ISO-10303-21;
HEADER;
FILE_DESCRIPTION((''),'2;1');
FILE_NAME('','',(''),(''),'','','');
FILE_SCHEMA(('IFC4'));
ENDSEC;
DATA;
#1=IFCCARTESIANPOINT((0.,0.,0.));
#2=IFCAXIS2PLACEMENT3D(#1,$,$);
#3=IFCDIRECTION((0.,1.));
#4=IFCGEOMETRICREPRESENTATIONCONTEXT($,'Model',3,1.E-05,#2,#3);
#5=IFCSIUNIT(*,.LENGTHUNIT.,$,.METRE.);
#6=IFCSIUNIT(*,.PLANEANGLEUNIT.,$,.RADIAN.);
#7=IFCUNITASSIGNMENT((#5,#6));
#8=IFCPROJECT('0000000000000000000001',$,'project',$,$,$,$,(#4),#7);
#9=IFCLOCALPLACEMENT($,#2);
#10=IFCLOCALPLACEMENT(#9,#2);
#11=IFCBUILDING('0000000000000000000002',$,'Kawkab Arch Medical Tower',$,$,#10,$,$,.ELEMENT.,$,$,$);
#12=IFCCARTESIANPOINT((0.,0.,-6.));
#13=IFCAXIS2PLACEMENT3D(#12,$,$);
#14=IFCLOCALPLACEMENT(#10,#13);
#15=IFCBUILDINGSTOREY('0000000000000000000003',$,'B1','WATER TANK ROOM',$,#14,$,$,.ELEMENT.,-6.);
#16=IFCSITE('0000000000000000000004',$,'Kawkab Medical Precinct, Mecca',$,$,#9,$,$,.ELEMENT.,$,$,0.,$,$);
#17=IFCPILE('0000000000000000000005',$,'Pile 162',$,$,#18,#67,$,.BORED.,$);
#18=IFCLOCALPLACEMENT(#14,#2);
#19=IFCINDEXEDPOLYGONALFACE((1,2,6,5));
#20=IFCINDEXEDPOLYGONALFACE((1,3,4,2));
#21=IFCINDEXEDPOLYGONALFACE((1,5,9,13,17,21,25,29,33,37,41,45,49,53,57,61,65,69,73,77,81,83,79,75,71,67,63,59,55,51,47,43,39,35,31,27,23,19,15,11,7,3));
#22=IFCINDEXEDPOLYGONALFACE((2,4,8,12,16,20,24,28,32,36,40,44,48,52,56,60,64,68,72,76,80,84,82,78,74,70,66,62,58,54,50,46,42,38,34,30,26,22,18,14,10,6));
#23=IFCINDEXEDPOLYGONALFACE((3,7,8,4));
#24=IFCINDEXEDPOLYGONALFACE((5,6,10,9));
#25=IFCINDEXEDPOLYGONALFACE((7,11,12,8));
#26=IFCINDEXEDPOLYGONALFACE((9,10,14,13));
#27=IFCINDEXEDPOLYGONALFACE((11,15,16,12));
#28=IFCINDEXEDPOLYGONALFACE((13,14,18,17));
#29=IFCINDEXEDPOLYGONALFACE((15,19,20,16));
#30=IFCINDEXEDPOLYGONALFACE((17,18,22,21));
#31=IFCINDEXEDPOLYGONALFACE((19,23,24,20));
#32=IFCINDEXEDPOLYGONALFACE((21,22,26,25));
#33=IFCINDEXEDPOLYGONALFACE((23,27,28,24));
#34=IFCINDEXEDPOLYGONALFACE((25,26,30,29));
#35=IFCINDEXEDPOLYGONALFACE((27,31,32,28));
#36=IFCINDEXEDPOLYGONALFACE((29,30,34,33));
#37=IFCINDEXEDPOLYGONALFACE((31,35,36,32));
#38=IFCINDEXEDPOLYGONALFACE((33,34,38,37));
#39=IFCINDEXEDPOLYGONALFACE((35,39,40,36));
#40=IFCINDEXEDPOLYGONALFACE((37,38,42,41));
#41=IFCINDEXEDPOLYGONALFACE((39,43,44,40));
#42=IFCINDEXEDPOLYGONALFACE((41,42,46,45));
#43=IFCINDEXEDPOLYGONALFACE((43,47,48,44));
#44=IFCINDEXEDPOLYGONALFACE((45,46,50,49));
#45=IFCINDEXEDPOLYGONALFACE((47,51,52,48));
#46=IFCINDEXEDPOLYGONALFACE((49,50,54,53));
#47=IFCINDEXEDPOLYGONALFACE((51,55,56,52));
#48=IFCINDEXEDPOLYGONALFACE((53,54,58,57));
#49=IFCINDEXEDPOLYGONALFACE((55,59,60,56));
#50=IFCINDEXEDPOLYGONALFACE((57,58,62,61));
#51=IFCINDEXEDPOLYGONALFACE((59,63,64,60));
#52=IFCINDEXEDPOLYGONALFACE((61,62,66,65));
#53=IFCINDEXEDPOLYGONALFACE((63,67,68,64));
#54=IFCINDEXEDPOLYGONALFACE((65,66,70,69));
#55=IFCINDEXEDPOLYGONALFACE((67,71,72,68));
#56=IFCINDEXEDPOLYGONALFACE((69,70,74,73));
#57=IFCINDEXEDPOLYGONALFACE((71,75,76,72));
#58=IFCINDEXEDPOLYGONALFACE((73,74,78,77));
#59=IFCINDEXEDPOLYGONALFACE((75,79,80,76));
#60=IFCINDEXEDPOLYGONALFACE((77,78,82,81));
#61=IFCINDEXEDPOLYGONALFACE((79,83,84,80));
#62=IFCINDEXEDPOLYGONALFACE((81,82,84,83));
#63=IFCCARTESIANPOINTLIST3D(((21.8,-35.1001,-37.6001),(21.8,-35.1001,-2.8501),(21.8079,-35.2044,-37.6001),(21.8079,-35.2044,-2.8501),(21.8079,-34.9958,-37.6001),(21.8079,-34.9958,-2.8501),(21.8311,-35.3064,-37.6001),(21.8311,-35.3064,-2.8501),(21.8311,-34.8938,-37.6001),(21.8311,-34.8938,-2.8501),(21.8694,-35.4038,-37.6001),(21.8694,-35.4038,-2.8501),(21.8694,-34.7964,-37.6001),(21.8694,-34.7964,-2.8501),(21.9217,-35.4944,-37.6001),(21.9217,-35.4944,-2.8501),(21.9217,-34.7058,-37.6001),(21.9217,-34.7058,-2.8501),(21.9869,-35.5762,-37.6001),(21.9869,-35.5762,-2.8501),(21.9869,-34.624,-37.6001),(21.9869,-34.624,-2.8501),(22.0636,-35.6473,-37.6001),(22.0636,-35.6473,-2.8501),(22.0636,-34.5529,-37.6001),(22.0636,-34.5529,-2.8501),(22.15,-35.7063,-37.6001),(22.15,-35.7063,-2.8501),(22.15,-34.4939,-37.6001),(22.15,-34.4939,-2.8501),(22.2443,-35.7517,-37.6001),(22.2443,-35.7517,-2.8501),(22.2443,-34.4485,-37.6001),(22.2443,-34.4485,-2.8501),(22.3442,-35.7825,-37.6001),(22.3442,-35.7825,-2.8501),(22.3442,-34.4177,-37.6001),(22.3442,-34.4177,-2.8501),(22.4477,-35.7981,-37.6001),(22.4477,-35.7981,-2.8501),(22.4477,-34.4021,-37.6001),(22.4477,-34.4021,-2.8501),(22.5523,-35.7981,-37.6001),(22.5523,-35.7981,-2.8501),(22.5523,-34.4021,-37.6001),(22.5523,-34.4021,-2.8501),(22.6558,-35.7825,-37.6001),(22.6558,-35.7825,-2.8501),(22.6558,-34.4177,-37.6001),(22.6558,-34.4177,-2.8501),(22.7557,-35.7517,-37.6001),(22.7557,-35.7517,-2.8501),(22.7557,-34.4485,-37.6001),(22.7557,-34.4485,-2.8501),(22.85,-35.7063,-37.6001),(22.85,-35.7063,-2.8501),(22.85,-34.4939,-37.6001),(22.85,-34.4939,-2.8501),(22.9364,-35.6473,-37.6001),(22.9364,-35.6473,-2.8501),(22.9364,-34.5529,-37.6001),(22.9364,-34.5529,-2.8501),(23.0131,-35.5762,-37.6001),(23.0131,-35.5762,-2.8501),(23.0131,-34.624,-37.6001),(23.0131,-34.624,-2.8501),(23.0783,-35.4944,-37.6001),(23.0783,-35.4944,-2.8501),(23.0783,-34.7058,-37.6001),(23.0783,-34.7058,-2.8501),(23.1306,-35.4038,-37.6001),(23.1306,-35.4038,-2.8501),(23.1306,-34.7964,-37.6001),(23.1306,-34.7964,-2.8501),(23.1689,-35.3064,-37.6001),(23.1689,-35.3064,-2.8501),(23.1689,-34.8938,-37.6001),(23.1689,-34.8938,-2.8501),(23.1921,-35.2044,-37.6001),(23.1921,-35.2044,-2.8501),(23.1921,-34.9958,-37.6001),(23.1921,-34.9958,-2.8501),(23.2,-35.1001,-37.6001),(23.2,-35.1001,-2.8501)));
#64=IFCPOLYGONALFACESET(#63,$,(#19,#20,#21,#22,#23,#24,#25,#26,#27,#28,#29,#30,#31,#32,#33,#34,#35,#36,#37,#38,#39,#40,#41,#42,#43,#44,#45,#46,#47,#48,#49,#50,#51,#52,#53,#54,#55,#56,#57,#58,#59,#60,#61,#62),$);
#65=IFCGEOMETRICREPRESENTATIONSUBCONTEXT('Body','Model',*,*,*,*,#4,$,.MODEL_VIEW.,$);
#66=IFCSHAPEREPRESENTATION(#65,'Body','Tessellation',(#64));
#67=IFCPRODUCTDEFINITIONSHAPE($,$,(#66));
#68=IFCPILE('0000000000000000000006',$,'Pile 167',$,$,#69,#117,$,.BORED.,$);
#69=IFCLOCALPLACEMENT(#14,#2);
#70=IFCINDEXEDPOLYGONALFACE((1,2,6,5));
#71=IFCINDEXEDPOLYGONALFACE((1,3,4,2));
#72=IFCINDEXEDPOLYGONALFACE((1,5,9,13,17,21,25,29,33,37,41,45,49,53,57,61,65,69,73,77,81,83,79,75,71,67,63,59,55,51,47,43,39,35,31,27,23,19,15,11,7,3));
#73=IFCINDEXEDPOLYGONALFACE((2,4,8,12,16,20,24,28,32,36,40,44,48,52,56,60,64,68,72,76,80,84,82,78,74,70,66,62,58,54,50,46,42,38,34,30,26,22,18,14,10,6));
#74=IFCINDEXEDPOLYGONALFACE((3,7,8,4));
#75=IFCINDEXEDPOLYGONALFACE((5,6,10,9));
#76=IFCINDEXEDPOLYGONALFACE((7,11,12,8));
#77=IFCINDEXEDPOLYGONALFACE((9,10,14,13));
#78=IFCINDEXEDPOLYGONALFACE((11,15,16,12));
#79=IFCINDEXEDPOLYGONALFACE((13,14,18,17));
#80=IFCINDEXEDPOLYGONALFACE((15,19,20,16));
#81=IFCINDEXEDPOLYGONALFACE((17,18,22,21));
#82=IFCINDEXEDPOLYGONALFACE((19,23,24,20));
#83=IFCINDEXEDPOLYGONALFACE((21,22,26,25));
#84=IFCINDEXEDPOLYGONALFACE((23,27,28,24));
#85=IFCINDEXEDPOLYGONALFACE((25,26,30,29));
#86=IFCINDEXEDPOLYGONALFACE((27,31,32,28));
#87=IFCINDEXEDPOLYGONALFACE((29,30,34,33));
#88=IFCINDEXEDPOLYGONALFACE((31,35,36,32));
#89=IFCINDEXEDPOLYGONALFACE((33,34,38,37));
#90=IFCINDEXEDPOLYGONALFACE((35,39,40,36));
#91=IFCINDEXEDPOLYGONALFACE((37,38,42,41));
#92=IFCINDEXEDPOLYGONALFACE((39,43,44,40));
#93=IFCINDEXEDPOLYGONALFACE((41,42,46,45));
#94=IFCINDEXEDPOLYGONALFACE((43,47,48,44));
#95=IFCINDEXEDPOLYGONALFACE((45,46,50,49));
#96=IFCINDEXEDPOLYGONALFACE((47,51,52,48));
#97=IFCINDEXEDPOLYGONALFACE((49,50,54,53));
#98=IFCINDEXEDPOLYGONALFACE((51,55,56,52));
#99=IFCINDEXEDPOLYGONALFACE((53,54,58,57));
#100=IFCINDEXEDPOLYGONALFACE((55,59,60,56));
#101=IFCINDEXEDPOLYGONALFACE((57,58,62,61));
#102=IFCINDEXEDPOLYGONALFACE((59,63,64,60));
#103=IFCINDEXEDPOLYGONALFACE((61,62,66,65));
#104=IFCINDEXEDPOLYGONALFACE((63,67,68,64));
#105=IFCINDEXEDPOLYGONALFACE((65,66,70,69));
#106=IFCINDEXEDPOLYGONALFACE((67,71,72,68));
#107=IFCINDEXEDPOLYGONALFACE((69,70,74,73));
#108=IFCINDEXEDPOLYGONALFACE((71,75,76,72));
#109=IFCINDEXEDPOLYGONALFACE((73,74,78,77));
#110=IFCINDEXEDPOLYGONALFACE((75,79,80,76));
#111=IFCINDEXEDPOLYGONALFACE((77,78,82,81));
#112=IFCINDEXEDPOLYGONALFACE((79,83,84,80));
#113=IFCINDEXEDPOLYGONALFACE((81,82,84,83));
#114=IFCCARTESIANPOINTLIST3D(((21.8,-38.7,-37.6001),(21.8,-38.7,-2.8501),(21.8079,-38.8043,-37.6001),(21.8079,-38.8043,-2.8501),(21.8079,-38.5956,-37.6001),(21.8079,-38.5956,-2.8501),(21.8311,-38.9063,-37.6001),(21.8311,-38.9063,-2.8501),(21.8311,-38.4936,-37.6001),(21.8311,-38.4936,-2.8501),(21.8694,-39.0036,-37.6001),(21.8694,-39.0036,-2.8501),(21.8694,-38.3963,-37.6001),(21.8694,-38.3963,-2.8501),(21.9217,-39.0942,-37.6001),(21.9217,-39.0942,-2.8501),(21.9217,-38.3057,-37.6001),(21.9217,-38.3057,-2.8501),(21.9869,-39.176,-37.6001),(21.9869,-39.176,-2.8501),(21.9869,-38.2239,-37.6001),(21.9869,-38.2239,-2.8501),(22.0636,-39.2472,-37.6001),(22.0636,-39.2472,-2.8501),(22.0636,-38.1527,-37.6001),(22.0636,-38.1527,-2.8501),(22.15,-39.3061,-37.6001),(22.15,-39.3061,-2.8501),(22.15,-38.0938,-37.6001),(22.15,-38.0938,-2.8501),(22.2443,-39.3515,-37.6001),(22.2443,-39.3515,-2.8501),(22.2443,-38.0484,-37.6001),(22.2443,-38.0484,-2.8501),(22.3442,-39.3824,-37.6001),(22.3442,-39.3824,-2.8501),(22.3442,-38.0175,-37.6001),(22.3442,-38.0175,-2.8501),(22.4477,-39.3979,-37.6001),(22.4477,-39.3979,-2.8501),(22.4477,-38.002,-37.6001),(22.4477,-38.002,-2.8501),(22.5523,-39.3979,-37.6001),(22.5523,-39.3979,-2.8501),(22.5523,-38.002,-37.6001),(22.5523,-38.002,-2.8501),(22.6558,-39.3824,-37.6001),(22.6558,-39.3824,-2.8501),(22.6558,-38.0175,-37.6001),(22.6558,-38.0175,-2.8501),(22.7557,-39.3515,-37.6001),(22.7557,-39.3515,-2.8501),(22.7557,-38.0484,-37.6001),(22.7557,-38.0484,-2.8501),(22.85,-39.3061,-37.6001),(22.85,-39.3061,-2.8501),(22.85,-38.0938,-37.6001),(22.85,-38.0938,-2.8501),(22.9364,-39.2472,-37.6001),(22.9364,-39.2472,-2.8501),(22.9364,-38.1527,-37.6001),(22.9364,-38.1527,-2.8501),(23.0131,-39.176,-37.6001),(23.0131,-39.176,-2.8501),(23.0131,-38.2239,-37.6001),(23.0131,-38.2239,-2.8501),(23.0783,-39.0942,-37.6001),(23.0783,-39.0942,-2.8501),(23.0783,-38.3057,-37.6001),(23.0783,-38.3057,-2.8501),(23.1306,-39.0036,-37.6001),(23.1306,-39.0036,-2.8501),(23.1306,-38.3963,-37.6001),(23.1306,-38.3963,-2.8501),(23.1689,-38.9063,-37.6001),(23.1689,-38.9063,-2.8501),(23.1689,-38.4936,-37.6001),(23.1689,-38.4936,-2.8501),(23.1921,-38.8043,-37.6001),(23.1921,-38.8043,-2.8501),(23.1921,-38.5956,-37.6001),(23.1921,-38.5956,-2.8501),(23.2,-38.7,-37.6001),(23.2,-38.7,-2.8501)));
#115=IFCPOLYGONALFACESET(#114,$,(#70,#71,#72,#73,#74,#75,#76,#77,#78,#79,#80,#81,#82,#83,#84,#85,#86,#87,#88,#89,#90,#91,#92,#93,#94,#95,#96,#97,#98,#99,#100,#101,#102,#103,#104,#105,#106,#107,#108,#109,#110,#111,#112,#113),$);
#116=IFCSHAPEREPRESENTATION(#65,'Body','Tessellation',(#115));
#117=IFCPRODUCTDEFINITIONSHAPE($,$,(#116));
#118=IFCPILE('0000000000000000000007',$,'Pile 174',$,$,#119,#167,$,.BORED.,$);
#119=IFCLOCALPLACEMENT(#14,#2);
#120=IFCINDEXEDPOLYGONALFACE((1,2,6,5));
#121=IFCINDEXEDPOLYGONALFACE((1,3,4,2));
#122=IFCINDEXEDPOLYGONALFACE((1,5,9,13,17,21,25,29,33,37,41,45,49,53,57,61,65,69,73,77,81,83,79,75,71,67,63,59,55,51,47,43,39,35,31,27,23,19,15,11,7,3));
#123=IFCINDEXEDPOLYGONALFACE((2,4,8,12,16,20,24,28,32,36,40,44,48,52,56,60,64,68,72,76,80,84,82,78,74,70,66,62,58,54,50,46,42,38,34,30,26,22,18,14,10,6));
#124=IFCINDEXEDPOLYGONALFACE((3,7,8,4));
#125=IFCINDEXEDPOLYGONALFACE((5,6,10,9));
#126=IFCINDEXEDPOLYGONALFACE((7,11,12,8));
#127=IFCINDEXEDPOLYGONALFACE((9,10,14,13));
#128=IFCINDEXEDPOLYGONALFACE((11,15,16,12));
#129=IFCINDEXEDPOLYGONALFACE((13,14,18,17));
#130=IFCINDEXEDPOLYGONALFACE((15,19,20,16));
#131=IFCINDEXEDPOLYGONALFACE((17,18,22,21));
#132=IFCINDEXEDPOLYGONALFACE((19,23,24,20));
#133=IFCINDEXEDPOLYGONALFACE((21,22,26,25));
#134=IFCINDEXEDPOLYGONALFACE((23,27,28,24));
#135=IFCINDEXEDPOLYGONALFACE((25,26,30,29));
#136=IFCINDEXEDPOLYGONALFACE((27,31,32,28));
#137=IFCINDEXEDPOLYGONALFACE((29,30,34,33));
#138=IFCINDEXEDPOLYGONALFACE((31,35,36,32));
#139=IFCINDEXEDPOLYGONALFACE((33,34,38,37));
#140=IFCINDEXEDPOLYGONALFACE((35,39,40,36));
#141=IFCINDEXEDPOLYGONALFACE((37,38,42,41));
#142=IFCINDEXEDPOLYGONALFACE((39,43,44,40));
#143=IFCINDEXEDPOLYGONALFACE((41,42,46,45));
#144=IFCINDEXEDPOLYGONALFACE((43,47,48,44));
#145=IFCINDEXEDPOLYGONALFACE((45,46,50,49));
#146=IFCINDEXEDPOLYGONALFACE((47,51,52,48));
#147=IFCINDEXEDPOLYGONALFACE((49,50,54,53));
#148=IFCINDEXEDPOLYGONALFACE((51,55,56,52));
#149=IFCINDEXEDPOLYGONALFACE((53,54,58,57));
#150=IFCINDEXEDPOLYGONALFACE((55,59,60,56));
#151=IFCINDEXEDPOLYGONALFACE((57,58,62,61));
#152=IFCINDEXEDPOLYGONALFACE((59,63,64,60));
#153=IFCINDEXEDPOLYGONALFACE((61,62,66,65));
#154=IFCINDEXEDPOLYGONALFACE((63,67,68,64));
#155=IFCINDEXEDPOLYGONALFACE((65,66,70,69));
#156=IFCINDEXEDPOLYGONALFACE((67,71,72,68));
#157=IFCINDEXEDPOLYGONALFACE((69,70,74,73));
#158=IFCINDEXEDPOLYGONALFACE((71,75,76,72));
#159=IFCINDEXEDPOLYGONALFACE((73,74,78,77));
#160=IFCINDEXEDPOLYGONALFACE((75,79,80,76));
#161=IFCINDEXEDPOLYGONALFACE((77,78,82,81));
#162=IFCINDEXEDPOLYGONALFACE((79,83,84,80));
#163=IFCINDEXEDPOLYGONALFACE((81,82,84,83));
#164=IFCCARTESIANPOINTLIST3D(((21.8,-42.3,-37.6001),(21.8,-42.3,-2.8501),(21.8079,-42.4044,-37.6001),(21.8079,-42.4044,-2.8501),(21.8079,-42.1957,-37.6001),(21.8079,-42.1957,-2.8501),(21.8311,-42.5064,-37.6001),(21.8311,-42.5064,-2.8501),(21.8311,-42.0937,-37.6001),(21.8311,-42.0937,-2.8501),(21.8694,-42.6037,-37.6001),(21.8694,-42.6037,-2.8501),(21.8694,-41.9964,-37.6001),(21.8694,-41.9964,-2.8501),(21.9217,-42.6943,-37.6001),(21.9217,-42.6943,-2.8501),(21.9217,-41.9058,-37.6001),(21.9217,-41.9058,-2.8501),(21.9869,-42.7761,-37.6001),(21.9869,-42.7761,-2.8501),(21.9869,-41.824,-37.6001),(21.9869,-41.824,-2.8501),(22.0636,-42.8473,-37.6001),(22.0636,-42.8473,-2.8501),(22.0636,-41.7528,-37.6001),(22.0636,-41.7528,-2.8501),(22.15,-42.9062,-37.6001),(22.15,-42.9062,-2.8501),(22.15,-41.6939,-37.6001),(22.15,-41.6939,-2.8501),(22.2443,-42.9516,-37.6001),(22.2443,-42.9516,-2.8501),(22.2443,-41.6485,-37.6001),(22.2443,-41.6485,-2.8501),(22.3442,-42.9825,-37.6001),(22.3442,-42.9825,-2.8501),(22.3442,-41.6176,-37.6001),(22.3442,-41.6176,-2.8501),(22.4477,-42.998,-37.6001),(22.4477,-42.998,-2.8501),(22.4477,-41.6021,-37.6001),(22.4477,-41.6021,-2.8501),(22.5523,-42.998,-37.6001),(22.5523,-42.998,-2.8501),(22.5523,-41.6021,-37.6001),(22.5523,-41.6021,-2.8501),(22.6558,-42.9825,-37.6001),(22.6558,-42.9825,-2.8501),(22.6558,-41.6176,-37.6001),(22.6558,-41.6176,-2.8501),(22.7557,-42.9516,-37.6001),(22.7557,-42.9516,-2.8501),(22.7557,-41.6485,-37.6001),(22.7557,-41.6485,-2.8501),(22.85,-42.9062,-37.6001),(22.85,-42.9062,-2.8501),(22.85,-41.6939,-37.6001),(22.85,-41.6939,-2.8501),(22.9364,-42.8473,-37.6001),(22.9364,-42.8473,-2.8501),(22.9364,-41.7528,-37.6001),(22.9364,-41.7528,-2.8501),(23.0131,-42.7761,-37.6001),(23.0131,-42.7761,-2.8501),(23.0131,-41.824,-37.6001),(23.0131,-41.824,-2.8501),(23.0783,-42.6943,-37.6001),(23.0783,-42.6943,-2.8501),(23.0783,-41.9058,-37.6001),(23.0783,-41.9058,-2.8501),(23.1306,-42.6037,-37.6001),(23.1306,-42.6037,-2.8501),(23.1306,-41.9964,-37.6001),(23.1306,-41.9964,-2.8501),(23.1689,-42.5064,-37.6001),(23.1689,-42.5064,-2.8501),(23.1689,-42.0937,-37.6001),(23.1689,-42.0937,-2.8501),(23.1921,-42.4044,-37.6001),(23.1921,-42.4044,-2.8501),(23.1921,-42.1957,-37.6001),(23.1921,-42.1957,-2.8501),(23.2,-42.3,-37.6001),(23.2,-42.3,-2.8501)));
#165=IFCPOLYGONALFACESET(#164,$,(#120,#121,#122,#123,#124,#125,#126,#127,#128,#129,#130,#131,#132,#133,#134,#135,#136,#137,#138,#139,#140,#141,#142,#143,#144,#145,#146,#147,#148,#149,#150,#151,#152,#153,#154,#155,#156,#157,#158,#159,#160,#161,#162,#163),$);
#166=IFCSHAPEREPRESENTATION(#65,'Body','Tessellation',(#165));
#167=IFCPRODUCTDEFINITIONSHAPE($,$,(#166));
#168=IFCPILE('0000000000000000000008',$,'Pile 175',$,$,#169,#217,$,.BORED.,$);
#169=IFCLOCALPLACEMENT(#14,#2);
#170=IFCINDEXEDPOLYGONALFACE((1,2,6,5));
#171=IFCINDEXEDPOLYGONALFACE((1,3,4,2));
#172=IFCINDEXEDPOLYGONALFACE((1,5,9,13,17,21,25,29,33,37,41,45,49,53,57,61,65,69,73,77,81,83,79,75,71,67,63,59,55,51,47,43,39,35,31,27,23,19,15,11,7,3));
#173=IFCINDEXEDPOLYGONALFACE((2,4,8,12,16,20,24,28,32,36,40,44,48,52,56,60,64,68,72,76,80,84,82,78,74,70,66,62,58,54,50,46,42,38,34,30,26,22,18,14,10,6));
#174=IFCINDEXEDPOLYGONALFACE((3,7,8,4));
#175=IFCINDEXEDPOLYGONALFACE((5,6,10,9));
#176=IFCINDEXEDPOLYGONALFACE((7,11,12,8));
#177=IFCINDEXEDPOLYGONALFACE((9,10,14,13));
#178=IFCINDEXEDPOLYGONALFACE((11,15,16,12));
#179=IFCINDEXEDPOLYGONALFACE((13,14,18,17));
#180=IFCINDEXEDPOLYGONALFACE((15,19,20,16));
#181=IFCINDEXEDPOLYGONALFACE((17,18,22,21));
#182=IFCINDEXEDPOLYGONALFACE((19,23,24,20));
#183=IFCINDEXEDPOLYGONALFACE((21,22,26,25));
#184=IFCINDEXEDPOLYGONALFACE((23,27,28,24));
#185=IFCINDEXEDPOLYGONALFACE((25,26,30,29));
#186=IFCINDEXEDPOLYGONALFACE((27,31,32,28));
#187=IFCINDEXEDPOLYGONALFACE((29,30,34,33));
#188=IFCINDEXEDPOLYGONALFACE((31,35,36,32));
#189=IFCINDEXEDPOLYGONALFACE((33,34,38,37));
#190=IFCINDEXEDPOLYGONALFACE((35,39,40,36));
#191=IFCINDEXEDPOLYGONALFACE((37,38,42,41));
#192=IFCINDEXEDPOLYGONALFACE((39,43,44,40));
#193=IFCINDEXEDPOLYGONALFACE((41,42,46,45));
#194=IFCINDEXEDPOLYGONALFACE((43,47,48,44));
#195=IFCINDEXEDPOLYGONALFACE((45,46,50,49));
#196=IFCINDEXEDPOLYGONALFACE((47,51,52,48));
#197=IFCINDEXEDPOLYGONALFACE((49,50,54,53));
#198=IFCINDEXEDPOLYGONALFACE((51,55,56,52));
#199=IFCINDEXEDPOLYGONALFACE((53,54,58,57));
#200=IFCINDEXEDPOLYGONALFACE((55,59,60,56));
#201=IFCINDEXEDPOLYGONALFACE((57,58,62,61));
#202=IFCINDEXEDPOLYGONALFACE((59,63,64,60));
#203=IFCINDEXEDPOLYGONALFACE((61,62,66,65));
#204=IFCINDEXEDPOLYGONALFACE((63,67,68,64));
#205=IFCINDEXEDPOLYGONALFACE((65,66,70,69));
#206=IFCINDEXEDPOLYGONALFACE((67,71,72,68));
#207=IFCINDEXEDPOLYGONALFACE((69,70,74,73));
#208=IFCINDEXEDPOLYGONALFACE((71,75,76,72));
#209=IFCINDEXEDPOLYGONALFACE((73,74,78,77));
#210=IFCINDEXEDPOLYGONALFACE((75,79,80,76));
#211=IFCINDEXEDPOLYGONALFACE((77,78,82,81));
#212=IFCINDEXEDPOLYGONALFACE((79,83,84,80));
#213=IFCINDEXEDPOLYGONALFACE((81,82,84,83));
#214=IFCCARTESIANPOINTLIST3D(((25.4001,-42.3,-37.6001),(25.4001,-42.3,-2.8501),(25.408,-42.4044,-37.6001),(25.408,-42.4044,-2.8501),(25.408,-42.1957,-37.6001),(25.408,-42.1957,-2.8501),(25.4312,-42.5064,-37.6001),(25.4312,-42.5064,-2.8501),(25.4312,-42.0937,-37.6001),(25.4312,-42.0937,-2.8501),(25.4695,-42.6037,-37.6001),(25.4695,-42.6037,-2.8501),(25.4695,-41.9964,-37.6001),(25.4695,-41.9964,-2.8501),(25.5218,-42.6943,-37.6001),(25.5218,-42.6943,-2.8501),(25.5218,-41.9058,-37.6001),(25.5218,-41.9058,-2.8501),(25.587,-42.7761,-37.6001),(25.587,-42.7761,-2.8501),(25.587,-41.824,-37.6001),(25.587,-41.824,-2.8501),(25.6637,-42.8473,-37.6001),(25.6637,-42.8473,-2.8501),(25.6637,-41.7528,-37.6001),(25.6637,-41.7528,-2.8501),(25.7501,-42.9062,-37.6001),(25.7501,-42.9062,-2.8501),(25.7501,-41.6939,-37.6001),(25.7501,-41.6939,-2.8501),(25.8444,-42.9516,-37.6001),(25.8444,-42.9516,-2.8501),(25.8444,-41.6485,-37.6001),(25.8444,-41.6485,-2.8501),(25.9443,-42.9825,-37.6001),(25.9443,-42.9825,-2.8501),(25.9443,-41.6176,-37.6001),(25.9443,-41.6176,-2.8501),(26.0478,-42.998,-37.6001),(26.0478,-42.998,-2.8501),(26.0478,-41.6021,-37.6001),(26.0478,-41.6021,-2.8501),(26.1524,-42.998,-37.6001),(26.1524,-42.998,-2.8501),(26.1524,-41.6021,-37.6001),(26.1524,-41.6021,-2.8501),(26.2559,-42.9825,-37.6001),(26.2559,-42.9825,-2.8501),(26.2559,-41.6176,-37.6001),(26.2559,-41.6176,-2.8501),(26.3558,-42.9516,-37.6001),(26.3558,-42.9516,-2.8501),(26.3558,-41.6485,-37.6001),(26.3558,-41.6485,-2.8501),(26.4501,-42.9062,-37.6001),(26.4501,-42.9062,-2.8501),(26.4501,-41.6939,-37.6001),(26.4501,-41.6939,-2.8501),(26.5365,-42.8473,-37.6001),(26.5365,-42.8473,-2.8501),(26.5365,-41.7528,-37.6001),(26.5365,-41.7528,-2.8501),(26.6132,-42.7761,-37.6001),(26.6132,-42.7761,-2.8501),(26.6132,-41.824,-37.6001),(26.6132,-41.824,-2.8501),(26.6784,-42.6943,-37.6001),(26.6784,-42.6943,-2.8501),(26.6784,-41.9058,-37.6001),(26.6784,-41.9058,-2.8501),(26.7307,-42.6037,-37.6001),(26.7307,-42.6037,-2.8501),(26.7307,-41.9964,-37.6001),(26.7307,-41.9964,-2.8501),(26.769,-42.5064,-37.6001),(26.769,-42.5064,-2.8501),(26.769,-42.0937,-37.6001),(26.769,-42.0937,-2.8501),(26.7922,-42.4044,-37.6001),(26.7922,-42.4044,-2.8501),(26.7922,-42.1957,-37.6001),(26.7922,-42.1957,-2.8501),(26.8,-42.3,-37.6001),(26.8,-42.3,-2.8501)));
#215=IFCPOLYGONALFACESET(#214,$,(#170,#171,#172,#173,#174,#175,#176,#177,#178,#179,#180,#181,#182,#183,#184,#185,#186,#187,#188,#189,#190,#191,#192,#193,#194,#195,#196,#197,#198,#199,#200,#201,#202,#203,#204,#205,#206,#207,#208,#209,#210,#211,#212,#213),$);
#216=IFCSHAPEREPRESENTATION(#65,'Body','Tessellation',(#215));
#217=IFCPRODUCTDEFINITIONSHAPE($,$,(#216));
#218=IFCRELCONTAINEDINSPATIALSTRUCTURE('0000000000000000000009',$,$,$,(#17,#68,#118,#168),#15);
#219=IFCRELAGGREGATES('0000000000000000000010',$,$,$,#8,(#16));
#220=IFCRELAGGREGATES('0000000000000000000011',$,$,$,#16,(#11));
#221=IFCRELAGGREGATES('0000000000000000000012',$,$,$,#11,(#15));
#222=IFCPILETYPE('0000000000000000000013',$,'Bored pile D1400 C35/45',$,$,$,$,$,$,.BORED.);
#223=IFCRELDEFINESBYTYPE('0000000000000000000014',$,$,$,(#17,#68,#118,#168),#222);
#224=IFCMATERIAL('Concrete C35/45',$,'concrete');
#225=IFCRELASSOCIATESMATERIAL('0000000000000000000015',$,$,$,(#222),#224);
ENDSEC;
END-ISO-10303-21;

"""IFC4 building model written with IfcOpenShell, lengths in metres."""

from ifc_helpers import new_model, si_unit, direction, frame, origin, origin_2d, place, context, subcontext, project, spatial, circle, extrude, material, material_profile, profile_set, type_object, element, save


model = new_model("IFC4")

# Units and contexts
model_context = context("Model", 3, precision=1e-05, world=origin(), true_north=direction((0.0, 1.0)))
body_context = subcontext(model_context, "Body", "Model", "MODEL_VIEW")
ifc_project = project(units=[si_unit("LENGTHUNIT", "METRE"), si_unit("PLANEANGLEUNIT", "RADIAN")], contexts=[model_context])

# Site, building, storey
site_placement = place(None, origin())
site = spatial("IfcSite", under=ifc_project, at=site_placement, Name="Kawkab Medical Precinct, Mecca", CompositionType="ELEMENT", RefElevation=0.0)
building_placement = place(site_placement, origin())
building = spatial("IfcBuilding", under=site, at=building_placement, Name="Kawkab Arch Medical Tower", CompositionType="ELEMENT")
storey_placement = place(building_placement, frame((0.0, 0.0, -6.0)))
storey = spatial("IfcBuildingStorey", under=building, at=storey_placement, Name="B1", Description="WATER TANK ROOM", CompositionType="ELEMENT", Elevation=-6.0)

# Piles
ifc_material_1 = material(Name="Concrete C35/45", Category="concrete")
ifc_material_profile_1 = material_profile(ifc_material_1, circle(Radius=0.7, at=origin_2d()), Name="Bored pile D1400")
ifc_profile_set_1 = profile_set([ifc_material_profile_1], Name="Concrete C35/45")
pile_type_1 = type_object("IfcPileType", Name="Bored pile D1400 C35/45", PredefinedType="BORED", material=ifc_profile_set_1)
for number, where, z_axis, x_axis, name in (
    (1, (22.5, -35.1001, -2.8501), (0.0, 0.0, -1.0), (1.0, 0.0, 0.0), "Pile 162"),
    (2, (22.5, -38.7, -2.8501), (0.0, 0.0, -1.0), (1.0, 0.0, 0.0), "Pile 167"),
    (3, (22.5, -42.3, -2.8501), (0.0, 0.0, -1.0), (1.0, 0.0, 0.0), "Pile 174"),
    (4, (26.1001, -42.3, -2.8501), (0.0, 0.0, -1.0), (1.0, 0.0, 0.0), "Pile 175"),
):
    element("IfcPile", number, at=place(storey_placement, frame(where, z_axis=z_axis, x_axis=x_axis)), inside=storey, type_object=pile_type_1, Name=name, PredefinedType="BORED", context=body_context, shape_type="SweptSolid", body=[
        extrude(circle(Radius=0.7, at=origin_2d()), origin(), (0.0, 0.0, 1.0), 34.75),
    ])

save(model, "model.ifc")
